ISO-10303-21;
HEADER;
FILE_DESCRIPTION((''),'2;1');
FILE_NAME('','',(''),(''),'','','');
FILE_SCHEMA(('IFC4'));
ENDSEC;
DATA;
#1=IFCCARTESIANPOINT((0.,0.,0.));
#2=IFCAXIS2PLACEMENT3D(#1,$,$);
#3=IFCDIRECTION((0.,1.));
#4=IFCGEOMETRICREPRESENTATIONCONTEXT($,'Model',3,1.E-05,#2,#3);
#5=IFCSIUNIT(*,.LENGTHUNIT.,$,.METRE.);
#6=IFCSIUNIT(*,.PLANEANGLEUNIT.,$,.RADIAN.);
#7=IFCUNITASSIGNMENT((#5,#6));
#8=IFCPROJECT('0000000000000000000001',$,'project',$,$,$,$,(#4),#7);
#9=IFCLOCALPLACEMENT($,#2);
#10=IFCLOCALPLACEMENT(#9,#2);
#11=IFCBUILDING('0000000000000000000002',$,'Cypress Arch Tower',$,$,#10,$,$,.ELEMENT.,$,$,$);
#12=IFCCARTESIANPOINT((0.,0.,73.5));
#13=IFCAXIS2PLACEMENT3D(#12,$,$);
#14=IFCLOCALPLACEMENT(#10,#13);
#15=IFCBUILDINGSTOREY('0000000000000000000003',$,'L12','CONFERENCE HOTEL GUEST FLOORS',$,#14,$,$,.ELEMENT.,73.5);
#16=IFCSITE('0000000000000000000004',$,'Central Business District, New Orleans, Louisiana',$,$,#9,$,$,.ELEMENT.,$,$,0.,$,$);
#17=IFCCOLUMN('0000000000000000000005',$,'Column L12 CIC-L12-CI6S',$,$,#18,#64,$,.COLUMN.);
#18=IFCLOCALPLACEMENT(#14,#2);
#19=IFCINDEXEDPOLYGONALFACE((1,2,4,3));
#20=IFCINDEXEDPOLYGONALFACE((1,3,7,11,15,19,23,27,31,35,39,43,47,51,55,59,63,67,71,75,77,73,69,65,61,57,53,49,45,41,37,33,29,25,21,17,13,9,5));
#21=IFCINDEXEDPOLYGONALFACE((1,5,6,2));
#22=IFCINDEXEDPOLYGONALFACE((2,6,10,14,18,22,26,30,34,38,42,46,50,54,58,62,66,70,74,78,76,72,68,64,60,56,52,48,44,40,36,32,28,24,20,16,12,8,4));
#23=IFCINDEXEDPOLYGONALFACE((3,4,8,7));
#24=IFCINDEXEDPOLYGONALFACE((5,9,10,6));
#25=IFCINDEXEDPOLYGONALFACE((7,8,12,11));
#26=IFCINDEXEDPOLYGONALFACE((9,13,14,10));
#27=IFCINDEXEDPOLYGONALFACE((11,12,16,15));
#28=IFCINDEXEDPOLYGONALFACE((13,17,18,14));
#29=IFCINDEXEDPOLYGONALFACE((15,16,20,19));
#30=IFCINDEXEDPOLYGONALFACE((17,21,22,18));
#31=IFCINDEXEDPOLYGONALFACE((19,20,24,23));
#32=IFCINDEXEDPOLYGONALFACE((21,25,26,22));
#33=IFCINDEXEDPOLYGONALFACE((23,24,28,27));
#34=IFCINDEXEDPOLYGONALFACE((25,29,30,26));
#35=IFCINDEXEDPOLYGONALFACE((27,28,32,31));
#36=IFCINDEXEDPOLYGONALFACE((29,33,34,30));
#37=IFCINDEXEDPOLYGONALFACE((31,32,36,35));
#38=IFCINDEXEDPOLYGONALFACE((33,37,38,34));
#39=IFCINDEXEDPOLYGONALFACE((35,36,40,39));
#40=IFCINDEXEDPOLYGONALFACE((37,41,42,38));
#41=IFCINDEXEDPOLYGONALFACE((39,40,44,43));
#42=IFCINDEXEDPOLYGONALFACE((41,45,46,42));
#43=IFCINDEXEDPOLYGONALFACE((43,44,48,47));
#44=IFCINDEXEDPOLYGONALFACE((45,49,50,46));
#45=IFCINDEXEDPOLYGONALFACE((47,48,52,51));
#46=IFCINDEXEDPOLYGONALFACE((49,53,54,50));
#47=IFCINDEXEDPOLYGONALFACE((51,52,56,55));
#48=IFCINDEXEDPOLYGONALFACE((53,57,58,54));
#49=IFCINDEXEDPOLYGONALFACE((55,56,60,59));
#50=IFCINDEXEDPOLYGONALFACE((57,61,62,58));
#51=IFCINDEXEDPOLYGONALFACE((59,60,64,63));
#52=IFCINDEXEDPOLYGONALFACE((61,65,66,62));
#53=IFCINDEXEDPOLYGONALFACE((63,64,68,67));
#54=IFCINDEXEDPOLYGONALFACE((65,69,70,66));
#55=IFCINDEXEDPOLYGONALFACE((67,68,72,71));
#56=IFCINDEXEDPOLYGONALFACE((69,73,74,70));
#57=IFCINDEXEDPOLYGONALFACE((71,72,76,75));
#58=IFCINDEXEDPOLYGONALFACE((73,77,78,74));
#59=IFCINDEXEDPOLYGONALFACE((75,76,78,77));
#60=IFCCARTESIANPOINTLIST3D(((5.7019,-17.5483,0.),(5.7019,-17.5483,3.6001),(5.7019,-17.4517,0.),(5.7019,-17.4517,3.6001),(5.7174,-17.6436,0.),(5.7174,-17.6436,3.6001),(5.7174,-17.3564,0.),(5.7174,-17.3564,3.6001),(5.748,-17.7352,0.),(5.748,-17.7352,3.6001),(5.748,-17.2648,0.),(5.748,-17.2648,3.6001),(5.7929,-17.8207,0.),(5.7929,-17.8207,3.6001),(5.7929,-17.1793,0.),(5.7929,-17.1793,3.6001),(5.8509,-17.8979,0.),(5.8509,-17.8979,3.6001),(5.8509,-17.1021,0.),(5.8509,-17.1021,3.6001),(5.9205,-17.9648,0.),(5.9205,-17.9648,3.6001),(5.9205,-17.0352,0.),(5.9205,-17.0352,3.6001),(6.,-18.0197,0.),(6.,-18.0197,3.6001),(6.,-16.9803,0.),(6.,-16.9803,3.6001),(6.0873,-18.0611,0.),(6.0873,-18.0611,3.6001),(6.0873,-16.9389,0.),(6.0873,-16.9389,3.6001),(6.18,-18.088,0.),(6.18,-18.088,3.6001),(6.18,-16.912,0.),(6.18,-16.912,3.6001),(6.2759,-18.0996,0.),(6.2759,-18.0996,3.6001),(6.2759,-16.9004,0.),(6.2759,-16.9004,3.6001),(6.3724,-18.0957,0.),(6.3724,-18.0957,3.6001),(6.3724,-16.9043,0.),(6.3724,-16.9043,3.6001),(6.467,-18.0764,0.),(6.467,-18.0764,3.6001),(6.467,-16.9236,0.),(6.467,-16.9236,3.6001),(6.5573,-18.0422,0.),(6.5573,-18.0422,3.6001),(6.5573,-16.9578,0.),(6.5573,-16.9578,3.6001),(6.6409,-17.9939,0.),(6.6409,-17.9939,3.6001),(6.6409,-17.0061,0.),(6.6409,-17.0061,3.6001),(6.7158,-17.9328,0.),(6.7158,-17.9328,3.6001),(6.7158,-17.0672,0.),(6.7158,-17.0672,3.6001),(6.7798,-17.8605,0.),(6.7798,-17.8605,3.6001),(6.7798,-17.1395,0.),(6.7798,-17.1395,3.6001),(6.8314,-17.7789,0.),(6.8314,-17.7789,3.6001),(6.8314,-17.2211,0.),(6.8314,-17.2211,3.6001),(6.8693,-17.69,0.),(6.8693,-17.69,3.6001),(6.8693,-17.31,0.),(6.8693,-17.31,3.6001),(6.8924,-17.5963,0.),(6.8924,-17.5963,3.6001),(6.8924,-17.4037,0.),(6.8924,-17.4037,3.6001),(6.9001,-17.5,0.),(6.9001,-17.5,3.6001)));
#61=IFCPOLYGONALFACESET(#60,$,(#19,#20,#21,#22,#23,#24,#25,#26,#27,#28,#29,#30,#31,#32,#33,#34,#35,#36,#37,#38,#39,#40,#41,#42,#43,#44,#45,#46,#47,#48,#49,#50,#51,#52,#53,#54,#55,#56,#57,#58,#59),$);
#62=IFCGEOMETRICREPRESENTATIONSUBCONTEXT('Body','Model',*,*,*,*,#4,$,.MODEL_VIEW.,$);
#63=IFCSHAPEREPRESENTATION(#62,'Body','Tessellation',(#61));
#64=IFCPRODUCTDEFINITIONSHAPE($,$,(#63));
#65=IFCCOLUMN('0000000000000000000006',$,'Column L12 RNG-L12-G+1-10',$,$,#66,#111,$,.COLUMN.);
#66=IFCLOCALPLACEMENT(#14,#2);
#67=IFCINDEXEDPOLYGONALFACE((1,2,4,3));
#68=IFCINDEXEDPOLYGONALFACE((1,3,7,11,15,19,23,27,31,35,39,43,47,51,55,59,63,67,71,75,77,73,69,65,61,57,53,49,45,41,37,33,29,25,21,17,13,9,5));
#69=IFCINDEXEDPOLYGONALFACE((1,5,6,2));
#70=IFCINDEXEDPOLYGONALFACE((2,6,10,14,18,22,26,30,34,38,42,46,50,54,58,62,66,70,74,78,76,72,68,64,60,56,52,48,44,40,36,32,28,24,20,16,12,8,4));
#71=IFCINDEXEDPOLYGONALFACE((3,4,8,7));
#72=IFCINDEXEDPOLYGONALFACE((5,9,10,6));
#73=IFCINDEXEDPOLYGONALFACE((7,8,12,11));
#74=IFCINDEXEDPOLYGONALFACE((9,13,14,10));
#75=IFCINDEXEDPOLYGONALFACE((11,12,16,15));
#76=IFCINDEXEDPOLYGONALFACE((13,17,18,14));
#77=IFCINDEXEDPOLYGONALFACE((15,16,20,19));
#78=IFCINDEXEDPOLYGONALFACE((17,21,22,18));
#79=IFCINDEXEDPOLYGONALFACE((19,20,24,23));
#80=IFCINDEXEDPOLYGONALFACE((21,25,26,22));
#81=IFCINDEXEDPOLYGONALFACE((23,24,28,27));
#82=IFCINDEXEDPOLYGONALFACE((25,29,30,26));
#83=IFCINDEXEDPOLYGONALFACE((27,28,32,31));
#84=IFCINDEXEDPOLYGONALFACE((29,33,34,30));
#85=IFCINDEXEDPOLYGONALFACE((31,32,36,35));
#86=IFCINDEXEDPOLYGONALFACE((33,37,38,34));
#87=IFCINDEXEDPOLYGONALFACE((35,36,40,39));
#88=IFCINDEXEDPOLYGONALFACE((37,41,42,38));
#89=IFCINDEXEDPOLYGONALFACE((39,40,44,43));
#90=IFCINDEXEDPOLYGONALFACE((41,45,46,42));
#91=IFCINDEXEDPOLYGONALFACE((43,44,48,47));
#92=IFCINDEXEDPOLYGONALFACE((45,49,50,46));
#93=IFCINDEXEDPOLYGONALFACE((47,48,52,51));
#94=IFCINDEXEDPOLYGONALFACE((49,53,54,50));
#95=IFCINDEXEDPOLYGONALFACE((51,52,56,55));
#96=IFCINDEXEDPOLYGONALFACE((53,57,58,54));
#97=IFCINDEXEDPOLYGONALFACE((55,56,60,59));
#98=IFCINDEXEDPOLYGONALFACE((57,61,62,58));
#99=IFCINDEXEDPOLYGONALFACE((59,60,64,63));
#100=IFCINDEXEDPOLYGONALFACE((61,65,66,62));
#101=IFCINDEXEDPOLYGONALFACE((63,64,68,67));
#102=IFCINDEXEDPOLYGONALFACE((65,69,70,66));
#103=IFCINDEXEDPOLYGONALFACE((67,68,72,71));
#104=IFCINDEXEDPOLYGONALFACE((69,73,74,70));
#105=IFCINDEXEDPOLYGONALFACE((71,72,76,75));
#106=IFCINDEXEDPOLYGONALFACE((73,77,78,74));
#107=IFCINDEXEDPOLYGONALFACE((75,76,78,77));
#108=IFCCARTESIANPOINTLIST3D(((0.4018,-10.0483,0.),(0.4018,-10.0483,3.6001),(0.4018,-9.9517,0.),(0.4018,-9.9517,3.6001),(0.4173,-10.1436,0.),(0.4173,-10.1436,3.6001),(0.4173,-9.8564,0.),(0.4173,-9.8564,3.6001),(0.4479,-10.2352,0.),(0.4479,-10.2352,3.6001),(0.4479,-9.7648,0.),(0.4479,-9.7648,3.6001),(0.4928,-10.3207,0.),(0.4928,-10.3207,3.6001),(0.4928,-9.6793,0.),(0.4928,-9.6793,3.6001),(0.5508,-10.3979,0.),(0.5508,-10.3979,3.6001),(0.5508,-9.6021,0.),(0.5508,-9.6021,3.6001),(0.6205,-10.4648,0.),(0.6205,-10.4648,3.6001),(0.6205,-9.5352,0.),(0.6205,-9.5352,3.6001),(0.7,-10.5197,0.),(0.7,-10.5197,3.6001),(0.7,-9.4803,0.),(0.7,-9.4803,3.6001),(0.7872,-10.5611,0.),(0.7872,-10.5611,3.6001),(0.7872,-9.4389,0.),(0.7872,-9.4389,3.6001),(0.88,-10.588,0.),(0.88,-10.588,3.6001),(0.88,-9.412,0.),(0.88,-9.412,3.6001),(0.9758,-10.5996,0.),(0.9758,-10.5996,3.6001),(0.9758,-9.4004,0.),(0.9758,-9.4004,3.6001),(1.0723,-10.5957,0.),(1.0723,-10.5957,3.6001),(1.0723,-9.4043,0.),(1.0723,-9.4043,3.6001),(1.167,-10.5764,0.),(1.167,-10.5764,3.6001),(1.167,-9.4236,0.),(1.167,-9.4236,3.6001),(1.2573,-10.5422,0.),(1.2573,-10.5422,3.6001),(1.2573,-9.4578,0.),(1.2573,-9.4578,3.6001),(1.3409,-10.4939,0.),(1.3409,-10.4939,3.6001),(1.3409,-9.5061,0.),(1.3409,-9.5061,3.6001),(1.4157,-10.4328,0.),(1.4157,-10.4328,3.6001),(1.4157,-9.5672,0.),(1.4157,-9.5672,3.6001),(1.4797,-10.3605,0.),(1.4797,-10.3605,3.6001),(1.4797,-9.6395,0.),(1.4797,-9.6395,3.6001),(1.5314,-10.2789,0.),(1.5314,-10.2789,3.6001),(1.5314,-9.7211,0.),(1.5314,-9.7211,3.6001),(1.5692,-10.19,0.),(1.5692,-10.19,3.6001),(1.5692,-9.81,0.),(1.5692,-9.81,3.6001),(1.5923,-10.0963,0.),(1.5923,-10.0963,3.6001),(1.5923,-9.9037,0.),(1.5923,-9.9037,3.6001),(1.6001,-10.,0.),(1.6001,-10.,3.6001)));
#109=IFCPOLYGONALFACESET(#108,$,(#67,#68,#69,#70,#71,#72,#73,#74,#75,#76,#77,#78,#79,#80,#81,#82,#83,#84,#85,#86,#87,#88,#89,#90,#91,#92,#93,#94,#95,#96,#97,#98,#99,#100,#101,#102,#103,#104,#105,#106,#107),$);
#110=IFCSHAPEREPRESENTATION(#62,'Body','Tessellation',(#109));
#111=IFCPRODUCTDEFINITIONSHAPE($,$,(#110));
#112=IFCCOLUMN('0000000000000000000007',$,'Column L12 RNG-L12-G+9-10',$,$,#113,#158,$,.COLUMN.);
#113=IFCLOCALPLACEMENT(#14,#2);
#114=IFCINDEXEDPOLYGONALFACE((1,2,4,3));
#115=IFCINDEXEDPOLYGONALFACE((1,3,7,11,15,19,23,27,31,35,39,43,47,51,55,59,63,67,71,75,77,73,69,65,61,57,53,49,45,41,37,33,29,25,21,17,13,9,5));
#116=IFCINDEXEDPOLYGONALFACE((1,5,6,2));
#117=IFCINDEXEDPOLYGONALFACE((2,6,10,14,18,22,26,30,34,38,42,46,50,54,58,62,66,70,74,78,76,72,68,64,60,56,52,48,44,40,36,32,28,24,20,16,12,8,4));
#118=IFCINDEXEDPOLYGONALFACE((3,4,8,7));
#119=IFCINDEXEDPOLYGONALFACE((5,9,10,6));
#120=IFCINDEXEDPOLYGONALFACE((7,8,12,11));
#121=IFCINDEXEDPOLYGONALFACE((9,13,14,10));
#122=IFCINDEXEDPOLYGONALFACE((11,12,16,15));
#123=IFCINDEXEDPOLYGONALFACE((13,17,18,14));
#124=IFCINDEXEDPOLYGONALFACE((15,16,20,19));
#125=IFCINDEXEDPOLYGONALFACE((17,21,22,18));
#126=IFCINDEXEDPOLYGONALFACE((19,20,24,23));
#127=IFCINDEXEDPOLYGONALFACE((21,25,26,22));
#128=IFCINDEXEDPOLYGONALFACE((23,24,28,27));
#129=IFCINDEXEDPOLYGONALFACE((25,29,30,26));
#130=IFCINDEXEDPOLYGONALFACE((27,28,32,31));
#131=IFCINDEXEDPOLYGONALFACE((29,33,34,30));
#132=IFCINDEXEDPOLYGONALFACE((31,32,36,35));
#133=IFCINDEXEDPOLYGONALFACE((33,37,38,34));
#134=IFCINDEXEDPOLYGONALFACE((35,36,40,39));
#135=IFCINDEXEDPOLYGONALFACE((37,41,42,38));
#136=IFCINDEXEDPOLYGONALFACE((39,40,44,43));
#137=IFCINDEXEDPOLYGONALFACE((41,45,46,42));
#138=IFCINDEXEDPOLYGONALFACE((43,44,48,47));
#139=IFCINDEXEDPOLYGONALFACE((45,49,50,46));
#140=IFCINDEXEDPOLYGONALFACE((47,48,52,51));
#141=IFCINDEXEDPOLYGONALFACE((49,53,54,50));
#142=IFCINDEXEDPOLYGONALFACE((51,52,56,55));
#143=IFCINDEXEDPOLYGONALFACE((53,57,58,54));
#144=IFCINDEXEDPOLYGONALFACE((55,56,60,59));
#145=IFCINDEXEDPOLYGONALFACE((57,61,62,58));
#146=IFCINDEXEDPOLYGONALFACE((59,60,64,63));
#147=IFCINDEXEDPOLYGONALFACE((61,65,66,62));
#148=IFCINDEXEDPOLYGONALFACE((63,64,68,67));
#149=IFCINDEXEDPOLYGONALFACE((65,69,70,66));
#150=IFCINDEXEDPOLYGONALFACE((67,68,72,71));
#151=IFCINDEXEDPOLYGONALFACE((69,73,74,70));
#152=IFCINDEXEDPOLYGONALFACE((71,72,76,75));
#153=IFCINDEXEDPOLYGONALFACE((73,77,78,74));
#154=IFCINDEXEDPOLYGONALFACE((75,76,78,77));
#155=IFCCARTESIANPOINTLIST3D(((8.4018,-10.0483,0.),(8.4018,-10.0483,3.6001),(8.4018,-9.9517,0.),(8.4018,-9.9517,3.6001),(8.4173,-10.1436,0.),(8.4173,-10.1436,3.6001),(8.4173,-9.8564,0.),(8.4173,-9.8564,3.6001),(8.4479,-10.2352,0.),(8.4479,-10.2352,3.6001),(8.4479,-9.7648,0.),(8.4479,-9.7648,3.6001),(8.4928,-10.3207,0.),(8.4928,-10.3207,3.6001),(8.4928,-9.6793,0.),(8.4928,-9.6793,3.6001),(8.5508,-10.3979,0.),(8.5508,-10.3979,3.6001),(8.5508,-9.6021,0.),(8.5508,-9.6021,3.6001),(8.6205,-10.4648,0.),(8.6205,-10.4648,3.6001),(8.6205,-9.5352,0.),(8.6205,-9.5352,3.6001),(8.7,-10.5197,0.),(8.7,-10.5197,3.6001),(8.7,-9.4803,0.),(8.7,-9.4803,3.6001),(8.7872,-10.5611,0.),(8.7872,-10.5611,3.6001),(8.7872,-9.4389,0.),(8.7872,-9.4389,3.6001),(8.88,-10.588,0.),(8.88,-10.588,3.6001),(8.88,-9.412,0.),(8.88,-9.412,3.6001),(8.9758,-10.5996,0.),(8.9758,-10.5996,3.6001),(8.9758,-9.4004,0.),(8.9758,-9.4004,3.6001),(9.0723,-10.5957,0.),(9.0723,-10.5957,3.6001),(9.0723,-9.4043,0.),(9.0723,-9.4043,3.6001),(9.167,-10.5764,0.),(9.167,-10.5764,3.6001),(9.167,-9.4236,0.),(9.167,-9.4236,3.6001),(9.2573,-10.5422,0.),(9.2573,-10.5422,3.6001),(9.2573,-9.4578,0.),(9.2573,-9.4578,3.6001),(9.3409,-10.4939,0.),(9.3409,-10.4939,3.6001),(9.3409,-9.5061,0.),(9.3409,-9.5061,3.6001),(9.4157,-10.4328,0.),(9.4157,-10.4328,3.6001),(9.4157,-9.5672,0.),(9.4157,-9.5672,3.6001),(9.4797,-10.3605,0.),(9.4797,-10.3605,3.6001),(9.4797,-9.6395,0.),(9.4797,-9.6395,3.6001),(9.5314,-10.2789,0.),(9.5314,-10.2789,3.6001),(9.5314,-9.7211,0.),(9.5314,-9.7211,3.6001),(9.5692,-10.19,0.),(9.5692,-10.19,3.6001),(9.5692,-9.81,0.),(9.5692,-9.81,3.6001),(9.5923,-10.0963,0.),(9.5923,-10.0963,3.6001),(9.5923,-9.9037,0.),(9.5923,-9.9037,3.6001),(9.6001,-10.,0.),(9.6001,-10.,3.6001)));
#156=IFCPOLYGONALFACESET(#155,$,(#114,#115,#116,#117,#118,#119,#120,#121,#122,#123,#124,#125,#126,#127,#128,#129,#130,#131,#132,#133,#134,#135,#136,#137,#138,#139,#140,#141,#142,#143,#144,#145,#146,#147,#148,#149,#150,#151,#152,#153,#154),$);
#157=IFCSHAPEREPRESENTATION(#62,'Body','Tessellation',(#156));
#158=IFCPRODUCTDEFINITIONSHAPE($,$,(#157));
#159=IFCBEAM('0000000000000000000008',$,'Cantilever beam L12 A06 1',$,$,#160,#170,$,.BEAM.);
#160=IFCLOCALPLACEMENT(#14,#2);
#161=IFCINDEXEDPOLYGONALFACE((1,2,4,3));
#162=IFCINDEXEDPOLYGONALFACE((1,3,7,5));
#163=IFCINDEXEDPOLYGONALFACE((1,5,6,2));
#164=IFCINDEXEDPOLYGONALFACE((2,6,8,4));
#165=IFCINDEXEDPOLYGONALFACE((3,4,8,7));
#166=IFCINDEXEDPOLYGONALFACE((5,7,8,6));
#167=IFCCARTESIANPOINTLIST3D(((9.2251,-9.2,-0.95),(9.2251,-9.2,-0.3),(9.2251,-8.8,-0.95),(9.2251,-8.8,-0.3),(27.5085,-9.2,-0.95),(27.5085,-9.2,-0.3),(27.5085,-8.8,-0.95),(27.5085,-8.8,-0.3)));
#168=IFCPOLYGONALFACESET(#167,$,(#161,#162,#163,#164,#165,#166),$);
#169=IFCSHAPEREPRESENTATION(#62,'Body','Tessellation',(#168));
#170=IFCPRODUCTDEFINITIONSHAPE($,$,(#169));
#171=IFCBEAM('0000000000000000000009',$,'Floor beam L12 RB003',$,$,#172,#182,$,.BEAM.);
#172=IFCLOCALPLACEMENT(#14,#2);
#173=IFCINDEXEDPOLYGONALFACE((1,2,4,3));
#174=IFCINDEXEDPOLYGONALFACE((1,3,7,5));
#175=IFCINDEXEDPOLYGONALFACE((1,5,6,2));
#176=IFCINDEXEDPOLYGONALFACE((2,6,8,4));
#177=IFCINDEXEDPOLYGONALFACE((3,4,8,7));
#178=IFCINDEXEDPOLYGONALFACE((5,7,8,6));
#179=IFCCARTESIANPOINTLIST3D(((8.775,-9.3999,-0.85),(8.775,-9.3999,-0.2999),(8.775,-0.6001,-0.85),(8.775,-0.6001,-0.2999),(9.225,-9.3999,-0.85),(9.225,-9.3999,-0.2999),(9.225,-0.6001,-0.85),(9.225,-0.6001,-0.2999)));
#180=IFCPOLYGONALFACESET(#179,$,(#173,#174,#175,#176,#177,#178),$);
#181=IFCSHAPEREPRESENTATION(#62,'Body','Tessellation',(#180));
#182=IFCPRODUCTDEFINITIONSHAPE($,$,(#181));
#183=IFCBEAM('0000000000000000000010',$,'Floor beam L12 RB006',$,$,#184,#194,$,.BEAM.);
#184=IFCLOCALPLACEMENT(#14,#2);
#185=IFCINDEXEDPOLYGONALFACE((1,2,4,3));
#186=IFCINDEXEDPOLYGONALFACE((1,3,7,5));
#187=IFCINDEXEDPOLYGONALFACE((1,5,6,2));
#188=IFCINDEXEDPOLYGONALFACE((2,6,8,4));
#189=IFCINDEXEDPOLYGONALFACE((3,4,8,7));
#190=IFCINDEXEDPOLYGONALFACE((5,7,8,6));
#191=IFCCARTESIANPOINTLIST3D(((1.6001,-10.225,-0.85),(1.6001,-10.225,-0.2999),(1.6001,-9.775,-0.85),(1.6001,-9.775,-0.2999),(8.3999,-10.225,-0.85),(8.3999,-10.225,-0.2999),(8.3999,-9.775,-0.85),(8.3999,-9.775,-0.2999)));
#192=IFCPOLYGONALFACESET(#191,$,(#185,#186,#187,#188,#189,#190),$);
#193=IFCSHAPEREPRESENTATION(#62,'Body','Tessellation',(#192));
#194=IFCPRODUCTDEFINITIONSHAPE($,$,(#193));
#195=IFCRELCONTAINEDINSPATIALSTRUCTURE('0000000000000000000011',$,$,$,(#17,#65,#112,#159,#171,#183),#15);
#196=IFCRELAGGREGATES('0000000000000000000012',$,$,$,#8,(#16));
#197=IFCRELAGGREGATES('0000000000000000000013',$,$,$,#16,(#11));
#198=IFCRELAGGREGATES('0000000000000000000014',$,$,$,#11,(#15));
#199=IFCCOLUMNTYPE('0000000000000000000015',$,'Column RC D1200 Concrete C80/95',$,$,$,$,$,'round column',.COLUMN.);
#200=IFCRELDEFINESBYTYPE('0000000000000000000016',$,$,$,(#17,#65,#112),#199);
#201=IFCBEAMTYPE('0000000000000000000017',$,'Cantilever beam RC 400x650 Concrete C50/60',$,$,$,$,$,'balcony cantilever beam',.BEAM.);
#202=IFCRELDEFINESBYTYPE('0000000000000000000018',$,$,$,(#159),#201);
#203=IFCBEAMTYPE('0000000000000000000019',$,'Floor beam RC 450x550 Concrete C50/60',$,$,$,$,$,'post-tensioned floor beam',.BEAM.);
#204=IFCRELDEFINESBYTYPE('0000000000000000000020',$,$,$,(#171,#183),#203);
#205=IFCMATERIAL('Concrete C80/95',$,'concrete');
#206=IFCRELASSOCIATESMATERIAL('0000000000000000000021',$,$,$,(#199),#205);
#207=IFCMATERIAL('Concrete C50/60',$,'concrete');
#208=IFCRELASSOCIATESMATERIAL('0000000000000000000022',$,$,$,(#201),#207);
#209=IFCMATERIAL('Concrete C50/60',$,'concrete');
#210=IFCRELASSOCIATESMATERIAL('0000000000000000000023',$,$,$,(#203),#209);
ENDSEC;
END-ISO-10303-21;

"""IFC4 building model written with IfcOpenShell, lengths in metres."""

from ifc_helpers import new_model, si_unit, direction, frame, origin, origin_2d, place, context, subcontext, project, spatial, rectangle, circle, extrude, material, material_profile, profile_set, type_object, element, save


model = new_model("IFC4")

# Units and contexts
model_context = context("Model", 3, precision=1e-05, world=origin(), true_north=direction((0.0, 1.0)))
body_context = subcontext(model_context, "Body", "Model", "MODEL_VIEW")
ifc_project = project(units=[si_unit("LENGTHUNIT", "METRE"), si_unit("PLANEANGLEUNIT", "RADIAN")], contexts=[model_context])

# Site, building, storey
site_placement = place(None, origin())
site = spatial("IfcSite", under=ifc_project, at=site_placement, Name="Central Business District, New Orleans, Louisiana", CompositionType="ELEMENT", RefElevation=0.0)
building_placement = place(site_placement, origin())
building = spatial("IfcBuilding", under=site, at=building_placement, Name="Cypress Arch Tower", CompositionType="ELEMENT")
storey_placement = place(building_placement, frame((0.0, 0.0, 73.5)))
storey = spatial("IfcBuildingStorey", under=building, at=storey_placement, Name="L12", Description="CONFERENCE HOTEL GUEST FLOORS", CompositionType="ELEMENT", Elevation=73.5)

# Columns
ifc_material_1 = material(Name="Concrete C80/95", Category="concrete")
ifc_material_profile_1 = material_profile(ifc_material_1, circle(Radius=0.6001, at=origin_2d()), Name="RC D1200")
ifc_profile_set_1 = profile_set([ifc_material_profile_1], Name="Concrete C80/95")
column_type = type_object("IfcColumnType", Name="Column RC D1200 Concrete C80/95", ElementType="round column", PredefinedType="COLUMN", material=ifc_profile_set_1)
for number, where, z_axis, x_axis, name in (
    (1, (6.3, -17.5, 0.0), (0.0, 0.0, 1.0), (1.0, 0.0, 0.0), "Column L12 CIC-L12-CI6S"),
    (2, (1.0, -10.0, 0.0), (0.0, 0.0, 1.0), (1.0, 0.0, 0.0), "Column L12 RNG-L12-G+1-10"),
    (3, (9.0, -10.0, 0.0), (0.0, 0.0, 1.0), (1.0, 0.0, 0.0), "Column L12 RNG-L12-G+9-10"),
):
    element("IfcColumn", number, at=place(storey_placement, frame(where, z_axis=z_axis, x_axis=x_axis)), inside=storey, type_object=column_type, Name=name, PredefinedType="COLUMN", context=body_context, shape_type="SweptSolid", body=[
        extrude(circle(Radius=0.6001, at=origin_2d()), origin(), (0.0, 0.0, 1.0), 3.6001),
    ])

# Beams
ifc_material_2 = material(Name="Concrete C50/60", Category="concrete")
ifc_material_profile_2 = material_profile(ifc_material_2, rectangle(XDim=0.3999, YDim=0.6499, at=origin_2d()), Name="RC 400x650")
ifc_profile_set_2 = profile_set([ifc_material_profile_2], Name="Concrete C50/60")
beam_type_1 = type_object("IfcBeamType", Name="Cantilever beam RC 400x650 Concrete C50/60", ElementType="balcony cantilever beam", PredefinedType="BEAM", material=ifc_profile_set_2)
beam_1_placement = place(storey_placement, frame((9.2251, -9.0, -0.625), z_axis=(1.0, 0.0, 0.0), x_axis=(0.0, 1.0, 0.0)))
element("IfcBeam", 4, at=beam_1_placement, inside=storey, type_object=beam_type_1, Name="Cantilever beam L12 A06 1", PredefinedType="BEAM", context=body_context, shape_type="SweptSolid", body=[
    extrude(rectangle(XDim=0.3999, YDim=0.6499, at=origin_2d()), origin(), (0.0, 0.0, 1.0), 18.2834),
])
ifc_material_3 = material(Name="Concrete C50/60", Category="concrete")
ifc_material_profile_3 = material_profile(ifc_material_3, rectangle(XDim=0.45, YDim=0.55, at=origin_2d()), Name="RC 450x550")
ifc_profile_set_3 = profile_set([ifc_material_profile_3], Name="Concrete C50/60")
beam_type_2 = type_object("IfcBeamType", Name="Floor beam RC 450x550 Concrete C50/60", ElementType="post-tensioned floor beam", PredefinedType="BEAM", material=ifc_profile_set_3)
beam_2_placement = place(storey_placement, frame((9.0, -9.3999, -0.575), z_axis=(0.0, 1.0, 0.0), x_axis=(-1.0, 0.0, 0.0)))
element("IfcBeam", 5, at=beam_2_placement, inside=storey, type_object=beam_type_2, Name="Floor beam L12 RB003", PredefinedType="BEAM", context=body_context, shape_type="SweptSolid", body=[
    extrude(rectangle(XDim=0.45, YDim=0.55, at=origin_2d()), origin(), (0.0, 0.0, 1.0), 8.7998),
])
beam_3_placement = place(storey_placement, frame((1.6001, -10.0, -0.575), z_axis=(1.0, 0.0, 0.0), x_axis=(0.0, 1.0, 0.0)))
element("IfcBeam", 6, at=beam_3_placement, inside=storey, type_object=beam_type_2, Name="Floor beam L12 RB006", PredefinedType="BEAM", context=body_context, shape_type="SweptSolid", body=[
    extrude(rectangle(XDim=0.45, YDim=0.55, at=origin_2d()), origin(), (0.0, 0.0, 1.0), 6.7998),
])

save(model, "model.ifc")
